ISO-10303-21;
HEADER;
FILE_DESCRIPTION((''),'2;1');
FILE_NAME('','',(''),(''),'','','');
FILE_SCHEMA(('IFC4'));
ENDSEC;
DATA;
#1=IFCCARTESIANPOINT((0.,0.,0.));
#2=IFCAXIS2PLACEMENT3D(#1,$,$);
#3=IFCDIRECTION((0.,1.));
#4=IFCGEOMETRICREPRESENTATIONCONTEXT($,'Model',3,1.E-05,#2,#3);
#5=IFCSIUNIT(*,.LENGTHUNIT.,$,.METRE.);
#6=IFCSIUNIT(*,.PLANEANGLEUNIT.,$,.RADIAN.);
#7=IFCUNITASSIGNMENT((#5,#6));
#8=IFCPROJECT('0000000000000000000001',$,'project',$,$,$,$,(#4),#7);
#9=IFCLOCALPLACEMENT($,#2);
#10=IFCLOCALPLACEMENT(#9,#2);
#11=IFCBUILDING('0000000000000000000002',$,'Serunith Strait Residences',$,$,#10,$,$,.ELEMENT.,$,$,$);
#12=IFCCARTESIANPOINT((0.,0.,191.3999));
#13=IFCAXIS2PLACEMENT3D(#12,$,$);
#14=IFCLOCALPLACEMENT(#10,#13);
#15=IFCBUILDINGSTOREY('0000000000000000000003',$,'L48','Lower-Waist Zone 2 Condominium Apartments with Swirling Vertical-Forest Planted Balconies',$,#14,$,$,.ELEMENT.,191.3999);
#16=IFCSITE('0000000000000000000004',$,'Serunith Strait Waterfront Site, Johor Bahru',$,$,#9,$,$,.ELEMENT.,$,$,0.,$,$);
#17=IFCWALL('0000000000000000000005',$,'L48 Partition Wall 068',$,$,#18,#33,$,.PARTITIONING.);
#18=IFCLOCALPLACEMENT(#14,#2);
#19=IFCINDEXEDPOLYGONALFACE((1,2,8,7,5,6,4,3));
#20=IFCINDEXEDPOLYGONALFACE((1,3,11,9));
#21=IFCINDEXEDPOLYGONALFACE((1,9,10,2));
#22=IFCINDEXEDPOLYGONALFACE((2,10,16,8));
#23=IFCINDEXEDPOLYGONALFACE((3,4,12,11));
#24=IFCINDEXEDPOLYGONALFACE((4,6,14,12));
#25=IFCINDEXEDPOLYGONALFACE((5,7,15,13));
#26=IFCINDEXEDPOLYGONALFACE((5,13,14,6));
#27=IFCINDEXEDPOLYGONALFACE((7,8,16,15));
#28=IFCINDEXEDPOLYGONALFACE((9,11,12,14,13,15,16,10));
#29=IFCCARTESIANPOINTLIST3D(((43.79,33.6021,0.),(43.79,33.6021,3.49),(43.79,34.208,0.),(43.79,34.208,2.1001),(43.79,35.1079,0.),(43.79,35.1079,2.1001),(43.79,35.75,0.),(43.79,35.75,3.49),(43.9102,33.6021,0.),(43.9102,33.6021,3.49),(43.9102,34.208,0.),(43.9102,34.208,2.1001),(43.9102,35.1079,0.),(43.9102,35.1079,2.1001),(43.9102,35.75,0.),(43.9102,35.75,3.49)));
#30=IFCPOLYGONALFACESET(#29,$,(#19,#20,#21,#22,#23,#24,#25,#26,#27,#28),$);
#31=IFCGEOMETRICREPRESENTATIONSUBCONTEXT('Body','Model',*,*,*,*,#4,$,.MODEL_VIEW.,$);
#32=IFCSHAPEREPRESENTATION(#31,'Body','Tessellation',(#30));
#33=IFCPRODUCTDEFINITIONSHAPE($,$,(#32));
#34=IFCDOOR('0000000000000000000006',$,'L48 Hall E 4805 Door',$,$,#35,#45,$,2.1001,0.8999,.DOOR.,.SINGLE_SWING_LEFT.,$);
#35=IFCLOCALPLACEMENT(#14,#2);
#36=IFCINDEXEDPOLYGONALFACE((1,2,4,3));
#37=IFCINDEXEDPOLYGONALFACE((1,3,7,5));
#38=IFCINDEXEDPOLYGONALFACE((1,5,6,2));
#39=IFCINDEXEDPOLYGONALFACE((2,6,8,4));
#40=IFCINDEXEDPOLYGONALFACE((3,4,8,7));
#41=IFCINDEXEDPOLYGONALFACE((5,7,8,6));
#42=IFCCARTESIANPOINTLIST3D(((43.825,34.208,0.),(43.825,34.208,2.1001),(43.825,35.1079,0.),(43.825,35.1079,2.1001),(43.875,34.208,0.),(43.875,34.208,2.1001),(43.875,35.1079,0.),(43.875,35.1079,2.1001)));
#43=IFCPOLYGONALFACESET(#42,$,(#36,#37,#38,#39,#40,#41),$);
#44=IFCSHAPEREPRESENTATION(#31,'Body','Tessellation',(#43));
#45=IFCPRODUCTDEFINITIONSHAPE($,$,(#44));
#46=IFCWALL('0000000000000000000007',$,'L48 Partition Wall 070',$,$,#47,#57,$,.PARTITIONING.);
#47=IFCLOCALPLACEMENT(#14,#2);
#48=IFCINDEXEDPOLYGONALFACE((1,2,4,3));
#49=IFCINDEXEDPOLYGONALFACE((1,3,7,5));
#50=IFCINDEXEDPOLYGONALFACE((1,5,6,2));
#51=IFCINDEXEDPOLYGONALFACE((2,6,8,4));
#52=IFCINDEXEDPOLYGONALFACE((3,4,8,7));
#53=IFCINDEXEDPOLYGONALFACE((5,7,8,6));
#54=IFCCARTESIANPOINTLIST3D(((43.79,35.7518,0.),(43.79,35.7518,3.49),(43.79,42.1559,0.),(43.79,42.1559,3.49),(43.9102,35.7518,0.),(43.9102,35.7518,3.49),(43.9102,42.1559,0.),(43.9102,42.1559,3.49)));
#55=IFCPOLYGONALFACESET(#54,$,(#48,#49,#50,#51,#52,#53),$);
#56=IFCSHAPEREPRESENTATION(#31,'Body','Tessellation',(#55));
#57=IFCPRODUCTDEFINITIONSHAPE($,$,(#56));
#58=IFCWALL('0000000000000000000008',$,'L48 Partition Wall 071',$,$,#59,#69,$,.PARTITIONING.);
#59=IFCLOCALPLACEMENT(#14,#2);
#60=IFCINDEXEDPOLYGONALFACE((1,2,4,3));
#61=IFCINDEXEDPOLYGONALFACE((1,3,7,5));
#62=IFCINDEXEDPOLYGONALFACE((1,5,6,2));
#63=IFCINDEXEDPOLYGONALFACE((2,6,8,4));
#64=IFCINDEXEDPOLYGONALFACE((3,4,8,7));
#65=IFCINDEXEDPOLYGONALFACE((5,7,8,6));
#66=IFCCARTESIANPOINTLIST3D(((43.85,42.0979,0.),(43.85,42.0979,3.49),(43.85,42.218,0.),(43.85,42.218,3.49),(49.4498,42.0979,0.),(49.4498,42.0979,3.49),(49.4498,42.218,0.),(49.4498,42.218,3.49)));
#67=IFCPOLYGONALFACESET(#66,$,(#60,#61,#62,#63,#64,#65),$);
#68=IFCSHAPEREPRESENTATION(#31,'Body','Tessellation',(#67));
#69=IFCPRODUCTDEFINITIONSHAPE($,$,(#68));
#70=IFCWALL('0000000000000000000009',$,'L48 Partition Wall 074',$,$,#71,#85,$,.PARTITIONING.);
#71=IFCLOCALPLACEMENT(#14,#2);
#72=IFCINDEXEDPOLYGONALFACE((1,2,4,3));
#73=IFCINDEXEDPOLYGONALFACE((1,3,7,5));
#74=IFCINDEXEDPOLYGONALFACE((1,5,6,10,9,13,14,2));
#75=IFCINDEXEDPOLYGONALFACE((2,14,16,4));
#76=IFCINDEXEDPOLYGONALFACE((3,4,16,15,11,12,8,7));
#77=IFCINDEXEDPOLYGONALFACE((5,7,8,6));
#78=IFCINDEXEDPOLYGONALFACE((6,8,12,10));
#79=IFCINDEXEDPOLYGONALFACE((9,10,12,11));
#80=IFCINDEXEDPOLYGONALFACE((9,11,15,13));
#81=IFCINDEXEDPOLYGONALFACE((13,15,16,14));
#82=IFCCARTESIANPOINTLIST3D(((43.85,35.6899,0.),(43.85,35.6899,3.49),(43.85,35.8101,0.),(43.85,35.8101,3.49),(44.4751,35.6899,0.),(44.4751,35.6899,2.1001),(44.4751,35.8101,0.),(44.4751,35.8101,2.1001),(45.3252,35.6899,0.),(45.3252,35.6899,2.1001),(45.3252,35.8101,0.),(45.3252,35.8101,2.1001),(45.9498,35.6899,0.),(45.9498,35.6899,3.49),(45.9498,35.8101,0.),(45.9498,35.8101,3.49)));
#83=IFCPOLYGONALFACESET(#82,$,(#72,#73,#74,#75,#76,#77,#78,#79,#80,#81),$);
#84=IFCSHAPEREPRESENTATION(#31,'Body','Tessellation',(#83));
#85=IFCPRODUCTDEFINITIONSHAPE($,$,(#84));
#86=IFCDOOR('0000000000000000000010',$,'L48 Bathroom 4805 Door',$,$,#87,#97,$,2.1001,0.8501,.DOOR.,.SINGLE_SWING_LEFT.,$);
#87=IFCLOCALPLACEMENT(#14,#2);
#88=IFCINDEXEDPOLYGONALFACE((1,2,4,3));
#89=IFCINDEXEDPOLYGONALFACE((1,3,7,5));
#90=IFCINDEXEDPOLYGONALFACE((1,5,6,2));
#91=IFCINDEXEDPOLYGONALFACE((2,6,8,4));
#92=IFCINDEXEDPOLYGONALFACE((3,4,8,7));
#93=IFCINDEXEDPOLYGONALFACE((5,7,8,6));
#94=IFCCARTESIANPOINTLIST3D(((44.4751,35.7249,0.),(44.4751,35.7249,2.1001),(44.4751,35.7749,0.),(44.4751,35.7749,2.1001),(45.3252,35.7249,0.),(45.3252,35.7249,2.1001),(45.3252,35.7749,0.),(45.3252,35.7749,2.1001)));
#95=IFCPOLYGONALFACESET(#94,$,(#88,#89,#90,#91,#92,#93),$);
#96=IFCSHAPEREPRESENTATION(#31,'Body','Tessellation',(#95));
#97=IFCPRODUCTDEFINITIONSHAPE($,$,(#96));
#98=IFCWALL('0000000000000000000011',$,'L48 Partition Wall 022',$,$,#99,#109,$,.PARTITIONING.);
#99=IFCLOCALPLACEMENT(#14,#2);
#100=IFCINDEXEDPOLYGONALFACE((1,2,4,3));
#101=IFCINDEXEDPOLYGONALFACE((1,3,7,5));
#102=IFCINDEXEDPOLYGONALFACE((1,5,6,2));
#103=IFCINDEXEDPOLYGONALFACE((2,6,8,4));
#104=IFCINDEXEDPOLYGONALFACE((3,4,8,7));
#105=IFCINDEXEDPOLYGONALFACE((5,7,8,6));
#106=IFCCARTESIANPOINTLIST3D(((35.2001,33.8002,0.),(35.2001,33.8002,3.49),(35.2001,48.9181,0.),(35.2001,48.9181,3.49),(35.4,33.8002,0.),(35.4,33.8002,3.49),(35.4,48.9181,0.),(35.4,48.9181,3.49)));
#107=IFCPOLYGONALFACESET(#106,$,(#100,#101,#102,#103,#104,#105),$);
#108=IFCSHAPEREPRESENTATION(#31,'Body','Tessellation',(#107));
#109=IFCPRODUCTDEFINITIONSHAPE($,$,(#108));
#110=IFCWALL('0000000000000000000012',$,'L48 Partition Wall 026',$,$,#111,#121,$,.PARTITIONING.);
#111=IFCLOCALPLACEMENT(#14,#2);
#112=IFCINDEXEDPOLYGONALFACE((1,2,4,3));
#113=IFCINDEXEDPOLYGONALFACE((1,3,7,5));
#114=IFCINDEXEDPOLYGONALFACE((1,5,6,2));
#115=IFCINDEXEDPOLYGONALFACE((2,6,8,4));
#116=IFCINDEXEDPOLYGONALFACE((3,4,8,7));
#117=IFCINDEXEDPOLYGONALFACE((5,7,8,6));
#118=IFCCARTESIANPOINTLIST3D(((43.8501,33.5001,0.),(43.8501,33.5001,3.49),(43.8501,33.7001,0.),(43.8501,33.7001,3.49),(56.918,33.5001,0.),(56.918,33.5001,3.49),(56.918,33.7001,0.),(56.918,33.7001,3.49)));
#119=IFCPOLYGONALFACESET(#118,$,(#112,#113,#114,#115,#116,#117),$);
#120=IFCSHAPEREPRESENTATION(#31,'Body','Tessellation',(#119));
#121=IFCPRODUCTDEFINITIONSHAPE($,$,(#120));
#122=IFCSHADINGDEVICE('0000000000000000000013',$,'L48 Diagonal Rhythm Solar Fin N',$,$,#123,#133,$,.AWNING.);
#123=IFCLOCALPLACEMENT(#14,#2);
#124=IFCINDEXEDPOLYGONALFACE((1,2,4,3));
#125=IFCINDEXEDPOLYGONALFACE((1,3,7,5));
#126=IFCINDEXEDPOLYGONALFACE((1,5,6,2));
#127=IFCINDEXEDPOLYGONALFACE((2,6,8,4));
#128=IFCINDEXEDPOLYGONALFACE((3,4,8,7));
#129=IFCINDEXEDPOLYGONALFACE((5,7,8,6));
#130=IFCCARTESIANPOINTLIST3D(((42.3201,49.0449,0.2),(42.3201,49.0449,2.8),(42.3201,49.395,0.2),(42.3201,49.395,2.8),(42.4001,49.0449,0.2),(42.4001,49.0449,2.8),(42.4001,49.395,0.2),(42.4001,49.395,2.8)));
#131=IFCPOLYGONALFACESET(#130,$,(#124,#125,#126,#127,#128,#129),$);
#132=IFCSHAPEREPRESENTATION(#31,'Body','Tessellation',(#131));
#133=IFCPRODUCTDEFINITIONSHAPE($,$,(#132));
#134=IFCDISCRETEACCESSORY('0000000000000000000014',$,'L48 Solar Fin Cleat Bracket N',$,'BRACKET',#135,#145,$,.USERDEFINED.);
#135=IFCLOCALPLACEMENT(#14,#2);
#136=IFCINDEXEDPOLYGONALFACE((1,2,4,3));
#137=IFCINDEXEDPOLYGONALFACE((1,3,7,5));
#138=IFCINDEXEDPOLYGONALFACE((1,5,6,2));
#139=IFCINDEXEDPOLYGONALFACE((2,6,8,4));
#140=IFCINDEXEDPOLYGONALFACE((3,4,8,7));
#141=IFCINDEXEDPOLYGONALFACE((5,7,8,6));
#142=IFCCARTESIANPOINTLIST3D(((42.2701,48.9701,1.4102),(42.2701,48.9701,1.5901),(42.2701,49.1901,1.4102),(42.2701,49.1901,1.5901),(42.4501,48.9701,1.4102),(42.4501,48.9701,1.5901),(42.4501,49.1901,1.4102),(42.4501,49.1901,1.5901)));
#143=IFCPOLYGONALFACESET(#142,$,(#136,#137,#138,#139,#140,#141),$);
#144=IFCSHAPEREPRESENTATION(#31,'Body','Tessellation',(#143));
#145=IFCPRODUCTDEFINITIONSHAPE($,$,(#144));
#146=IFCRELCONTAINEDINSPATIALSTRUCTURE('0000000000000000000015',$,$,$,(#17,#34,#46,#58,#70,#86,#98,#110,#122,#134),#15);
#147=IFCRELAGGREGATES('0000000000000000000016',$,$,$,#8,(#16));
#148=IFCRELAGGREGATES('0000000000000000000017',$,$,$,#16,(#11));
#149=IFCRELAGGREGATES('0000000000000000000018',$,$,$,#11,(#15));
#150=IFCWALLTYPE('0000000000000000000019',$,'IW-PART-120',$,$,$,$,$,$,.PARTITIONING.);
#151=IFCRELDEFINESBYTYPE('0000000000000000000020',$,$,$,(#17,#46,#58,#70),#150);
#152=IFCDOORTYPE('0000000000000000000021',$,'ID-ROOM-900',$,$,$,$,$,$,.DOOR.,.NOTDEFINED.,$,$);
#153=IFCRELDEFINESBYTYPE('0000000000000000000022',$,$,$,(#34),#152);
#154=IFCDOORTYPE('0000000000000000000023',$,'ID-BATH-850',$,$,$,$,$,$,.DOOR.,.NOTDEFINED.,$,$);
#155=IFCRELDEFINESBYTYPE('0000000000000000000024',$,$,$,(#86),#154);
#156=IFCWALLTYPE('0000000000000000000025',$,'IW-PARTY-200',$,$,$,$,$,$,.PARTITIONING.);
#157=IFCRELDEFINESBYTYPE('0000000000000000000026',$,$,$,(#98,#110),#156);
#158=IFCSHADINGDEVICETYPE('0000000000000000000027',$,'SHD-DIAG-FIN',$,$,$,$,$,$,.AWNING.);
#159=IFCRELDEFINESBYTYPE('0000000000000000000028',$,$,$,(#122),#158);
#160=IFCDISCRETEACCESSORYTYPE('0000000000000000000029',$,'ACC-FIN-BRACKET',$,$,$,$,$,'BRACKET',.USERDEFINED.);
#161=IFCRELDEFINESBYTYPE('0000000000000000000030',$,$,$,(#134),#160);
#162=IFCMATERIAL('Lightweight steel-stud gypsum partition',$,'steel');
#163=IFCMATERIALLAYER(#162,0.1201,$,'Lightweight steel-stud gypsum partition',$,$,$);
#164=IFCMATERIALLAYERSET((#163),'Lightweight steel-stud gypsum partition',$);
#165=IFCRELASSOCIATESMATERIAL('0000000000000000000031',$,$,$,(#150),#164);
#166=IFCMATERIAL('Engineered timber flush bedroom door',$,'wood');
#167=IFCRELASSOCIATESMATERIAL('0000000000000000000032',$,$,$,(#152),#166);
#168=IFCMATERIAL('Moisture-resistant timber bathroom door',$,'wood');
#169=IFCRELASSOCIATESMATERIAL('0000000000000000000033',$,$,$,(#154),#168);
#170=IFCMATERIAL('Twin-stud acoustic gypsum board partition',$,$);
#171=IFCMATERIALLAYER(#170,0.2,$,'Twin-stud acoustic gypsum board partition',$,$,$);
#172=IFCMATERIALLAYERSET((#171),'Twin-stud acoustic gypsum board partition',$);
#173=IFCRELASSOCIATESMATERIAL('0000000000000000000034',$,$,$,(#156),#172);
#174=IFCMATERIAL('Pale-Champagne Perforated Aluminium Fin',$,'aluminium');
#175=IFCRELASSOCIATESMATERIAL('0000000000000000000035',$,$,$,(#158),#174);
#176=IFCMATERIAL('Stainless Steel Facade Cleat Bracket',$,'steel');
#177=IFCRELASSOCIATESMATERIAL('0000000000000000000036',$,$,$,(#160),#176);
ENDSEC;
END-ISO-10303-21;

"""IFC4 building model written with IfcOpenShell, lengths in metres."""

from ifc_helpers import new_model, si_unit, direction, frame, frame_2d, origin, origin_2d, place, context, subcontext, project, spatial, rectangle, extrude, source, transform, mapped, material, layer, layer_set, type_object, element, fill, save


model = new_model("IFC4")

# Units and contexts
model_context = context("Model", 3, precision=1e-05, world=origin(), true_north=direction((0.0, 1.0)))
body_context = subcontext(model_context, "Body", "Model", "MODEL_VIEW")
ifc_project = project(units=[si_unit("LENGTHUNIT", "METRE"), si_unit("PLANEANGLEUNIT", "RADIAN")], contexts=[model_context])

# Site, building, storey
site_placement = place(None, origin())
site = spatial("IfcSite", under=ifc_project, at=site_placement, Name="Serunith Strait Waterfront Site, Johor Bahru", CompositionType="ELEMENT", RefElevation=0.0)
building_placement = place(site_placement, origin())
building = spatial("IfcBuilding", under=site, at=building_placement, Name="Serunith Strait Residences", CompositionType="ELEMENT")
storey_placement = place(building_placement, frame((0.0, 0.0, 191.3999)))
storey = spatial("IfcBuildingStorey", under=building, at=storey_placement, Name="L48", Description="Lower-Waist Zone 2 Condominium Apartments with Swirling Vertical-Forest Planted Balconies", CompositionType="ELEMENT", Elevation=191.3999)

# Wall, opening, door
ifc_material_1 = material(Name="Lightweight steel-stud gypsum partition", Category="steel")
ifc_layer_1 = layer(ifc_material_1, 0.1201, Name="Lightweight steel-stud gypsum partition")
ifc_layer_set_1 = layer_set([ifc_layer_1], Name="Lightweight steel-stud gypsum partition")
wall_type_1 = type_object("IfcWallType", Name="IW-PART-120", PredefinedType="PARTITIONING", material=ifc_layer_set_1)
wall_1_placement = place(storey_placement, frame((43.8501, 35.75, 0.0), z_axis=(0.0, 0.0, 1.0), x_axis=(0.0, -1.0, 0.0)))
wall_1 = element("IfcWall", 1, at=wall_1_placement, inside=storey, type_object=wall_type_1, Name="L48 Partition Wall 068", PredefinedType="PARTITIONING", context=body_context, shape_type="SweptSolid", body=[
    extrude(rectangle(XDim=2.1479, YDim=0.1201, at=frame_2d((1.074, 0.0))), origin(), (0.0, 0.0, 1.0), 3.49),
])
opening_1_placement = place(wall_1_placement, frame((0.6421, 0.0, 0.0)))
opening_1 = element("IfcOpeningElement", 2, at=opening_1_placement, cuts=wall_1, PredefinedType="OPENING", context=body_context, shape_type="SweptSolid", body=[
    extrude(rectangle(XDim=0.8999, YDim=2.1001, at=frame_2d((0.45, 1.05))), frame((0.0, 0.0701, 0.0), z_axis=(0.0, -1.0, 0.0), x_axis=(1.0, 0.0, 0.0)), (0.0, 0.0, 1.0), 0.1401),
])
ifc_material_2 = material(Name="Engineered timber flush bedroom door", Category="wood")
door_type_1 = type_object("IfcDoorType", Name="ID-ROOM-900", OperationType="NOTDEFINED", PredefinedType="DOOR", material=ifc_material_2)
shared_shape_1 = source(origin(), body_context, "Body", "SweptSolid", [
    extrude(rectangle(XDim=0.8999, YDim=2.1001, at=frame_2d((0.45, 1.05))), frame((0.0, 0.0249, 0.0), z_axis=(0.0, -1.0, 0.0), x_axis=(1.0, 0.0, 0.0)), (0.0, 0.0, 1.0), 0.05),
])
door_1_placement = place(opening_1_placement, origin())
door_1 = element("IfcDoor", 3, at=door_1_placement, inside=storey, type_object=door_type_1, Name="L48 Hall E 4805 Door", OperationType="SINGLE_SWING_LEFT", OverallHeight=2.1001, OverallWidth=0.8999, PredefinedType="DOOR", context=body_context, shape_type="MappedRepresentation", body=[
    mapped(shared_shape_1, transform((0.0, 0.0, 0.0), scale=1.0)),
])
fill(opening_1, door_1)

# Walls
wall_2_placement = place(storey_placement, frame((43.8501, 42.156, 0.0), z_axis=(0.0, 0.0, 1.0), x_axis=(0.0, -1.0, 0.0)))
element("IfcWall", 4, at=wall_2_placement, inside=storey, type_object=wall_type_1, Name="L48 Partition Wall 070", PredefinedType="PARTITIONING", context=body_context, shape_type="SweptSolid", body=[
    extrude(rectangle(XDim=6.4041, YDim=0.1201, at=frame_2d((3.2021, 0.0))), origin(), (0.0, 0.0, 1.0), 3.49),
])
wall_3_placement = place(storey_placement, frame((43.8501, 42.158, 0.0), z_axis=(0.0, 0.0, 1.0), x_axis=(1.0, 0.0, 0.0)))
element("IfcWall", 5, at=wall_3_placement, inside=storey, type_object=wall_type_1, Name="L48 Partition Wall 071", PredefinedType="PARTITIONING", context=body_context, shape_type="SweptSolid", body=[
    extrude(rectangle(XDim=5.5999, YDim=0.1201, at=frame_2d((2.7998, 0.0))), origin(), (0.0, 0.0, 1.0), 3.49),
])

# Wall, opening, door
wall_4_placement = place(storey_placement, frame((43.8501, 35.75, 0.0), z_axis=(0.0, 0.0, 1.0), x_axis=(1.0, 0.0, 0.0)))
wall_4 = element("IfcWall", 6, at=wall_4_placement, inside=storey, type_object=wall_type_1, Name="L48 Partition Wall 074", PredefinedType="PARTITIONING", context=body_context, shape_type="SweptSolid", body=[
    extrude(rectangle(XDim=2.0999, YDim=0.1201, at=frame_2d((1.0498, 0.0))), origin(), (0.0, 0.0, 1.0), 3.49),
])
opening_2_placement = place(wall_4_placement, frame((0.625, 0.0, 0.0)))
opening_2 = element("IfcOpeningElement", 7, at=opening_2_placement, cuts=wall_4, PredefinedType="OPENING", context=body_context, shape_type="SweptSolid", body=[
    extrude(rectangle(XDim=0.8501, YDim=2.1001, at=frame_2d((0.425, 1.05))), frame((0.0, 0.0701, 0.0), z_axis=(0.0, -1.0, 0.0), x_axis=(1.0, 0.0, 0.0)), (0.0, 0.0, 1.0), 0.1401),
])
ifc_material_3 = material(Name="Moisture-resistant timber bathroom door", Category="wood")
door_type_2 = type_object("IfcDoorType", Name="ID-BATH-850", OperationType="NOTDEFINED", PredefinedType="DOOR", material=ifc_material_3)
shared_shape_2 = source(origin(), body_context, "Body", "SweptSolid", [
    extrude(rectangle(XDim=0.8501, YDim=2.1001, at=frame_2d((0.425, 1.05))), frame((0.0, 0.0249, 0.0), z_axis=(0.0, -1.0, 0.0), x_axis=(1.0, 0.0, 0.0)), (0.0, 0.0, 1.0), 0.05),
])
door_2_placement = place(opening_2_placement, origin())
door_2 = element("IfcDoor", 8, at=door_2_placement, inside=storey, type_object=door_type_2, Name="L48 Bathroom 4805 Door", OperationType="SINGLE_SWING_LEFT", OverallHeight=2.1001, OverallWidth=0.8501, PredefinedType="DOOR", context=body_context, shape_type="MappedRepresentation", body=[
    mapped(shared_shape_2, transform((0.0, 0.0, 0.0), scale=1.0)),
])
fill(opening_2, door_2)

# Walls
ifc_material_4 = material(Name="Twin-stud acoustic gypsum board partition")
ifc_layer_2 = layer(ifc_material_4, 0.2, Name="Twin-stud acoustic gypsum board partition")
ifc_layer_set_2 = layer_set([ifc_layer_2], Name="Twin-stud acoustic gypsum board partition")
wall_type_2 = type_object("IfcWallType", Name="IW-PARTY-200", PredefinedType="PARTITIONING", material=ifc_layer_set_2)
wall_5_placement = place(storey_placement, frame((35.3, 33.8, 0.0), z_axis=(0.0, 0.0, 1.0), x_axis=(0.0, 1.0, 0.0)))
element("IfcWall", 9, at=wall_5_placement, inside=storey, type_object=wall_type_2, Name="L48 Partition Wall 022", PredefinedType="PARTITIONING", context=body_context, shape_type="SweptSolid", body=[
    extrude(rectangle(XDim=15.1179, YDim=0.2, at=frame_2d((7.5591, 0.0))), origin(), (0.0, 0.0, 1.0), 3.49),
])
wall_6_placement = place(storey_placement, frame((43.8501, 33.6001, 0.0), z_axis=(0.0, 0.0, 1.0), x_axis=(1.0, 0.0, 0.0)))
element("IfcWall", 10, at=wall_6_placement, inside=storey, type_object=wall_type_2, Name="L48 Partition Wall 026", PredefinedType="PARTITIONING", context=body_context, shape_type="SweptSolid", body=[
    extrude(rectangle(XDim=13.0679, YDim=0.2, at=frame_2d((6.5339, 0.0))), origin(), (0.0, 0.0, 1.0), 3.49),
])

# Shading device
ifc_material_5 = material(Name="Pale-Champagne Perforated Aluminium Fin", Category="aluminium")
shading_device_type = type_object("IfcShadingDeviceType", Name="SHD-DIAG-FIN", PredefinedType="AWNING", material=ifc_material_5)
shared_shape_3 = source(origin(), body_context, "Body", "SweptSolid", [
    extrude(rectangle(XDim=0.0801, YDim=0.3501, at=origin_2d()), origin(), (0.0, 0.0, 1.0), 2.6001),
])
shading_device_placement = place(storey_placement, frame((42.3601, 49.22, 0.2), z_axis=(0.0, 0.0, 1.0), x_axis=(1.0, 0.0, 0.0)))
element("IfcShadingDevice", 11, at=shading_device_placement, inside=storey, type_object=shading_device_type, Name="L48 Diagonal Rhythm Solar Fin N", PredefinedType="AWNING", context=body_context, shape_type="MappedRepresentation", body=[
    mapped(shared_shape_3, transform((0.0, 0.0, 0.0), scale=1.0)),
])

# Discrete accessory
ifc_material_6 = material(Name="Stainless Steel Facade Cleat Bracket", Category="steel")
discrete_accessory_type = type_object("IfcDiscreteAccessoryType", Name="ACC-FIN-BRACKET", ElementType="BRACKET", PredefinedType="USERDEFINED", material=ifc_material_6)
shared_shape_4 = source(origin(), body_context, "Body", "SweptSolid", [
    extrude(rectangle(XDim=0.1799, YDim=0.22, at=origin_2d()), origin(), (0.0, 0.0, 1.0), 0.1799),
])
discrete_accessory_placement = place(storey_placement, frame((42.3601, 49.0801, 1.4102), z_axis=(0.0, 0.0, 1.0), x_axis=(1.0, 0.0, 0.0)))
element("IfcDiscreteAccessory", 12, at=discrete_accessory_placement, inside=storey, type_object=discrete_accessory_type, Name="L48 Solar Fin Cleat Bracket N", ObjectType="BRACKET", PredefinedType="USERDEFINED", context=body_context, shape_type="MappedRepresentation", body=[
    mapped(shared_shape_4, transform((0.0, 0.0, 0.0), scale=1.0)),
])

save(model, "model.ifc")
